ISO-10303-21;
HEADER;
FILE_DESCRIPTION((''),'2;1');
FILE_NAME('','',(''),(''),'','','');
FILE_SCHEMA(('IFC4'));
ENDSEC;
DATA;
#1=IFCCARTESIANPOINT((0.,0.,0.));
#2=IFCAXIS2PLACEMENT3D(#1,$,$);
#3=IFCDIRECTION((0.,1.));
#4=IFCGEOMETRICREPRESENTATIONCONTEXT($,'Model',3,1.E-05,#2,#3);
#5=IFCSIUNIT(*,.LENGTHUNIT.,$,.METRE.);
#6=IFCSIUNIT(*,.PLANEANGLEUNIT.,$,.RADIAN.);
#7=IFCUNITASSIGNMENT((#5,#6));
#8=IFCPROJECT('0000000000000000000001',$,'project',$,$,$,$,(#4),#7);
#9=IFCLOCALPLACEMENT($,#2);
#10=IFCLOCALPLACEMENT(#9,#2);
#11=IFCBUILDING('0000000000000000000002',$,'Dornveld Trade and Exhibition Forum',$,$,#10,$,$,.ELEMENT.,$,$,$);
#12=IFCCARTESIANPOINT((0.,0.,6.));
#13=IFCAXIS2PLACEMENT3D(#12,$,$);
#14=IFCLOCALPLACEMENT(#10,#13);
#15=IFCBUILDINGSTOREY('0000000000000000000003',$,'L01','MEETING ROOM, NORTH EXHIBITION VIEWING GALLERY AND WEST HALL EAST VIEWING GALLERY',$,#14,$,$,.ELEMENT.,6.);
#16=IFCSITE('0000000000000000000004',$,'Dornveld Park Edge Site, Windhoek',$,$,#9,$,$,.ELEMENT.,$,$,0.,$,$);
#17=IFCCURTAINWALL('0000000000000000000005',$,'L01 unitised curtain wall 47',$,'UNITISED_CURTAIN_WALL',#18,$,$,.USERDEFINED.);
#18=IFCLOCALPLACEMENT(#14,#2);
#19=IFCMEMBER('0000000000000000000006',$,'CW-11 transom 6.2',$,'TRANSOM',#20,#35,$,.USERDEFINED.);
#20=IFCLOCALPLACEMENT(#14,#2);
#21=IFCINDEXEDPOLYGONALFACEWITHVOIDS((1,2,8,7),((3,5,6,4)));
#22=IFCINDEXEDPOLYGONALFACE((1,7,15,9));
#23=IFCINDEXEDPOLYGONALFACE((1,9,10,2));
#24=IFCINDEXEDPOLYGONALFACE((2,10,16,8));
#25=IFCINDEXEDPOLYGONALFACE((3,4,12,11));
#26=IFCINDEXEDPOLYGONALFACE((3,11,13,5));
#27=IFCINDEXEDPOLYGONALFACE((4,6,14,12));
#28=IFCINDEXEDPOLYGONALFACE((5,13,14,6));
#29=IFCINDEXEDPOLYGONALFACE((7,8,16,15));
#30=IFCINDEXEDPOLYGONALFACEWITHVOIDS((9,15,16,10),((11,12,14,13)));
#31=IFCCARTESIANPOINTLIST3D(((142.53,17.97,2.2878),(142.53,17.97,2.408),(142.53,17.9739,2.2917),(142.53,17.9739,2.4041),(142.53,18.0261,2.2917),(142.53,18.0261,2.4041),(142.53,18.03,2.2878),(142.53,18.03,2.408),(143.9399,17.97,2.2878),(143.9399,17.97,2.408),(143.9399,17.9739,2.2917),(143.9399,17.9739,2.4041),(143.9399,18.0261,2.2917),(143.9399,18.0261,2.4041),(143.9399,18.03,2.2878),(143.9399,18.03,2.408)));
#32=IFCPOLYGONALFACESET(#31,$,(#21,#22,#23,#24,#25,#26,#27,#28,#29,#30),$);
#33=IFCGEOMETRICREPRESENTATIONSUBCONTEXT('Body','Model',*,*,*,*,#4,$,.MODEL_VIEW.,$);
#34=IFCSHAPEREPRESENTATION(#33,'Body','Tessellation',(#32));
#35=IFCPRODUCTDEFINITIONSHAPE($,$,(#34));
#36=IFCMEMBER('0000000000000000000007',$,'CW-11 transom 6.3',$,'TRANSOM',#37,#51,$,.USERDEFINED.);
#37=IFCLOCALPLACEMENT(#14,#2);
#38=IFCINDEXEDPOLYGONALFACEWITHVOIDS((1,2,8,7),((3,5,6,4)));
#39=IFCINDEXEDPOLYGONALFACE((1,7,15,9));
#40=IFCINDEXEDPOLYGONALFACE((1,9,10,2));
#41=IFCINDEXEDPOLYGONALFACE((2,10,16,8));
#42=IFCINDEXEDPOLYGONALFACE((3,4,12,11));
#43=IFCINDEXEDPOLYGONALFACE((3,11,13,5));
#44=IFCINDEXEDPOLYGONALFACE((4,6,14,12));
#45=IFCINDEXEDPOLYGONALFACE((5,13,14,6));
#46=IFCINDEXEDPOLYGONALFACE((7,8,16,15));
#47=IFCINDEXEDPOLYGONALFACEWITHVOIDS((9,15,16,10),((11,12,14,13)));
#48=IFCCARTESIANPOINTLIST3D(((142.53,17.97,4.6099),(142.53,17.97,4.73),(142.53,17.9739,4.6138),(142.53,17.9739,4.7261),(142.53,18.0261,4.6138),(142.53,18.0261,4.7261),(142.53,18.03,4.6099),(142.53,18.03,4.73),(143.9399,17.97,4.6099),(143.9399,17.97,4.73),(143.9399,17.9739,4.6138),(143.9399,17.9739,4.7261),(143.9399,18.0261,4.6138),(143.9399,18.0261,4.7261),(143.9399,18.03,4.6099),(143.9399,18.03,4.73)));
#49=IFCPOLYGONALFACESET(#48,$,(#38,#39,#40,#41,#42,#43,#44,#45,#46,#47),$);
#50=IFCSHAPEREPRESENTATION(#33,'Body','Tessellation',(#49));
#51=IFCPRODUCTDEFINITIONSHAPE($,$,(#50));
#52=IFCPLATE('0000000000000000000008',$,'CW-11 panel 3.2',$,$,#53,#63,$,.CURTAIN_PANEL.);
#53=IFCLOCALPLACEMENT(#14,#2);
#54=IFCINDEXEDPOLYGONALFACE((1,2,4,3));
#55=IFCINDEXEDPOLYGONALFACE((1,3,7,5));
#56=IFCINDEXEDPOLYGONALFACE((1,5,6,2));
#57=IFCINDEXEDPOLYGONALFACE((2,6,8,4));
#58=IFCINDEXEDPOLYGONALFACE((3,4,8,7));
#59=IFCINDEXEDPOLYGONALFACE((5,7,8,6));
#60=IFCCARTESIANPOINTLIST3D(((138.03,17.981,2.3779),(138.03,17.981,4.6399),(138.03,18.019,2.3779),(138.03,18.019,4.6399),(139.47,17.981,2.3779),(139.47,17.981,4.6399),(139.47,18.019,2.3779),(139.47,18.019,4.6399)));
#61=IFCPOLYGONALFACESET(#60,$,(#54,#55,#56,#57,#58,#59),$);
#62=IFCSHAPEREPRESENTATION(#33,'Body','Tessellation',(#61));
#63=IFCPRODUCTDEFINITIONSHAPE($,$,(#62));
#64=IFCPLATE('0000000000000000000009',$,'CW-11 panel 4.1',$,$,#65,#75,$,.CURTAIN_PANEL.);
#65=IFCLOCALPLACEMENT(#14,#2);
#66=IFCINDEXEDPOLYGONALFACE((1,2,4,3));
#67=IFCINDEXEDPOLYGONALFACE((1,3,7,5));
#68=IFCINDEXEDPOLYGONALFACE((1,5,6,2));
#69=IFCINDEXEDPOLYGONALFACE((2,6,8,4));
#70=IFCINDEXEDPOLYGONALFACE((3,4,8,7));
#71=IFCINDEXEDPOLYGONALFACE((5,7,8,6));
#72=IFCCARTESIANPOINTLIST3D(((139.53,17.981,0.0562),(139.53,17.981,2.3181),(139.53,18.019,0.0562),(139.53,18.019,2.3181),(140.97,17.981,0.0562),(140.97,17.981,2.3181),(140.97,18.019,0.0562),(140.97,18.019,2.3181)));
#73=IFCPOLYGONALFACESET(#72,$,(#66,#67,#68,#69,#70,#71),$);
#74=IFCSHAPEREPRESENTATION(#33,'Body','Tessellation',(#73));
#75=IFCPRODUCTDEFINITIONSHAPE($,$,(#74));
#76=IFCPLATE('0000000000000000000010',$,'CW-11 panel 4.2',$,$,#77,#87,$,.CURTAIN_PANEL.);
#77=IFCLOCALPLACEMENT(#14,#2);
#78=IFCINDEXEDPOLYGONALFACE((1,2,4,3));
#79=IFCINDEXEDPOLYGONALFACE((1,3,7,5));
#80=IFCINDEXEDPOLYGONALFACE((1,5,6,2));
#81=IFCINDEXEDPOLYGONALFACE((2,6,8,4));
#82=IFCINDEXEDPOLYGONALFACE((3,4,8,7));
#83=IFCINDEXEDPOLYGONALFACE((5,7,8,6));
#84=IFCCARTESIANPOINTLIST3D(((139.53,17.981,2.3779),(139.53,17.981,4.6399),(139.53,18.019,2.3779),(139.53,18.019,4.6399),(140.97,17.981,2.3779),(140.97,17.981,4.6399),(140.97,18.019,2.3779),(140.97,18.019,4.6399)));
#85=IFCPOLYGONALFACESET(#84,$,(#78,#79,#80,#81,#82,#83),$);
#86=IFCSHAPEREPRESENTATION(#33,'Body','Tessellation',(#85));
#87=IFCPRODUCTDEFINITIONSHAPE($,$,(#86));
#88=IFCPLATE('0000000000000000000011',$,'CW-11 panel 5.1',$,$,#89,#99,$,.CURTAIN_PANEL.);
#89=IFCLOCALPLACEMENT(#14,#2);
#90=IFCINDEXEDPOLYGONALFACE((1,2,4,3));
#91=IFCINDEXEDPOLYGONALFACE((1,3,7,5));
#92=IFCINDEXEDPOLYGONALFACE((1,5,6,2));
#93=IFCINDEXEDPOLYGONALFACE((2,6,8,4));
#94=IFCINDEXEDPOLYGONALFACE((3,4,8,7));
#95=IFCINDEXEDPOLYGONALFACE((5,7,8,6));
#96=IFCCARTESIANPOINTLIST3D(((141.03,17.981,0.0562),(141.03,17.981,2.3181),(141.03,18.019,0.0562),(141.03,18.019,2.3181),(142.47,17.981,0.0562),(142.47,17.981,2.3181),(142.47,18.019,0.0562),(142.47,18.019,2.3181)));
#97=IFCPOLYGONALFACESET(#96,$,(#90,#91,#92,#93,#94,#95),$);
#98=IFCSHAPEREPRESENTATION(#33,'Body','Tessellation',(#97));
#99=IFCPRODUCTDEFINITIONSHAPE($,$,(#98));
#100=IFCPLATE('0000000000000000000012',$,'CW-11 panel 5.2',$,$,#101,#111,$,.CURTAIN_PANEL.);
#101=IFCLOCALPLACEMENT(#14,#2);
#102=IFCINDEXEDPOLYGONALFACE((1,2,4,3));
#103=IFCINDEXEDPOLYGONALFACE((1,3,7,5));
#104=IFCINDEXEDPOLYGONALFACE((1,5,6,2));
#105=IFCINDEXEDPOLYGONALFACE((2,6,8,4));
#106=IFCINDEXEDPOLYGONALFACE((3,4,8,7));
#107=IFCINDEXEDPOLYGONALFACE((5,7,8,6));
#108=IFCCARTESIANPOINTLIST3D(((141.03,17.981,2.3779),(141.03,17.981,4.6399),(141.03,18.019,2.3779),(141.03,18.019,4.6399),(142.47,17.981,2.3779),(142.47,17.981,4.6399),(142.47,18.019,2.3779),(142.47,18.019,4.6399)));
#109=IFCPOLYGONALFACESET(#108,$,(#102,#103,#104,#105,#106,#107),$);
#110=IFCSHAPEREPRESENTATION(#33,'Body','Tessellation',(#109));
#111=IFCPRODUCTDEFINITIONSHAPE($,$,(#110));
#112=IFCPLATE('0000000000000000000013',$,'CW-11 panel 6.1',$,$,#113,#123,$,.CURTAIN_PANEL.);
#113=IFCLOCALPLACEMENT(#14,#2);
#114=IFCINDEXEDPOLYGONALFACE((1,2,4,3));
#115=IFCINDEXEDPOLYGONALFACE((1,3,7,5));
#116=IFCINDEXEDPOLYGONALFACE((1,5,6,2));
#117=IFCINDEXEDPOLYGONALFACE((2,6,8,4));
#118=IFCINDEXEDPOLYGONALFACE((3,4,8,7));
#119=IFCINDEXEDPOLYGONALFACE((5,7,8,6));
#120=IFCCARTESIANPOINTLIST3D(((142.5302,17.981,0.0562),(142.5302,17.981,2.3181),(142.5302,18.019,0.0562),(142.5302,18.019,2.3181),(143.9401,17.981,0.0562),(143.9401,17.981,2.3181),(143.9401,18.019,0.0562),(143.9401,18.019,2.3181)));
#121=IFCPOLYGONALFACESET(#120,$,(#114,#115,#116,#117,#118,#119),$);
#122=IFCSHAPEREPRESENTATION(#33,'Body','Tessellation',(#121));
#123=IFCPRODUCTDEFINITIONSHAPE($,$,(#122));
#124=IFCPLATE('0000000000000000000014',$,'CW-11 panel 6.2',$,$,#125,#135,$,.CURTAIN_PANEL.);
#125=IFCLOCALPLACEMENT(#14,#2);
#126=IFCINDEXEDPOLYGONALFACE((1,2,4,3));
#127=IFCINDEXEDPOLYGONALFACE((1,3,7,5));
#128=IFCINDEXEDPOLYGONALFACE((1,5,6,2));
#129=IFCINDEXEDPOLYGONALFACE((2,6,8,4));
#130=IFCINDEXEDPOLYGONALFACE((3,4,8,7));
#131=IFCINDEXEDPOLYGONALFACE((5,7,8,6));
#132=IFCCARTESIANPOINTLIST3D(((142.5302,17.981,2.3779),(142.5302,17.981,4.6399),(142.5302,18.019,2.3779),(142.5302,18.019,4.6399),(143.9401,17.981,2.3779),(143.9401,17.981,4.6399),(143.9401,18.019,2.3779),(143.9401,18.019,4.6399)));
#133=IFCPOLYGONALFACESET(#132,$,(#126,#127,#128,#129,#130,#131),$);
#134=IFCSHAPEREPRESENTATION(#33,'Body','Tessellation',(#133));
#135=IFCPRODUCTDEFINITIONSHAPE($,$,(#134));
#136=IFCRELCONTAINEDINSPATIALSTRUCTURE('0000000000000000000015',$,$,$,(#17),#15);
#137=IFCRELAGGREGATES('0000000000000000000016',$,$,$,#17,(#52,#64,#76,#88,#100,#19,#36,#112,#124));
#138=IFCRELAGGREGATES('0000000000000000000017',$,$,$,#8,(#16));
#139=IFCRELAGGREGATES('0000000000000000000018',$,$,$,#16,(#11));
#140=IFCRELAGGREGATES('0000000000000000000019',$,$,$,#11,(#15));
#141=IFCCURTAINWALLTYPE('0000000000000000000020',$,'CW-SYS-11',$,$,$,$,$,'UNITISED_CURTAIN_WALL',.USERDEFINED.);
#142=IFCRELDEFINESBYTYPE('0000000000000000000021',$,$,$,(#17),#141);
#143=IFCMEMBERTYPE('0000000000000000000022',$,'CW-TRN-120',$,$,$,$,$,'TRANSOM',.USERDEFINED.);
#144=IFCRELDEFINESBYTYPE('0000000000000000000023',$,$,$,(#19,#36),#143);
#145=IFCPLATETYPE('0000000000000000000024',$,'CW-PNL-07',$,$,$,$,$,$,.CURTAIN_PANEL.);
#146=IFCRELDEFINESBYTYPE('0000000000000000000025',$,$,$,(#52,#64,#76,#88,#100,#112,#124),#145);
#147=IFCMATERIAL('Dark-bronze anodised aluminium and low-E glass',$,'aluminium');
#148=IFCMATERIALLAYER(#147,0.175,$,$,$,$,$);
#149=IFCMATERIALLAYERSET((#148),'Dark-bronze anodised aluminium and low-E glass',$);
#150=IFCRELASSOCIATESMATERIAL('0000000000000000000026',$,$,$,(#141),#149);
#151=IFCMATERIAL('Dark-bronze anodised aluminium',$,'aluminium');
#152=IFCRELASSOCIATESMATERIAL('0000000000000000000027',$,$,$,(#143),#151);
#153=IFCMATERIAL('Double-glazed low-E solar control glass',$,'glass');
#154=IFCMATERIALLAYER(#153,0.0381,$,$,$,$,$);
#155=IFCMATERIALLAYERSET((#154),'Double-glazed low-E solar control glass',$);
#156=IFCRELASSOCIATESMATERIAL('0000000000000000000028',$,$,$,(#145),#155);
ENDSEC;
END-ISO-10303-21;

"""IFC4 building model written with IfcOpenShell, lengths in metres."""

from ifc_helpers import new_model, si_unit, direction, frame, origin, origin_2d, place, context, subcontext, project, spatial, rectangle, hollow_rectangle, extrude, material, layer, layer_set, material_profile, profile_set, type_object, element, aggregate, save


model = new_model("IFC4")

# Units and contexts
model_context = context("Model", 3, precision=1e-05, world=origin(), true_north=direction((0.0, 1.0)))
body_context = subcontext(model_context, "Body", "Model", "MODEL_VIEW")
ifc_project = project(units=[si_unit("LENGTHUNIT", "METRE"), si_unit("PLANEANGLEUNIT", "RADIAN")], contexts=[model_context])

# Site, building, storey
site_placement = place(None, origin())
site = spatial("IfcSite", under=ifc_project, at=site_placement, Name="Dornveld Park Edge Site, Windhoek", CompositionType="ELEMENT", RefElevation=0.0)
building_placement = place(site_placement, origin())
building = spatial("IfcBuilding", under=site, at=building_placement, Name="Dornveld Trade and Exhibition Forum", CompositionType="ELEMENT")
storey_placement = place(building_placement, frame((0.0, 0.0, 6.0)))
storey = spatial("IfcBuildingStorey", under=building, at=storey_placement, Name="L01", Description="MEETING ROOM, NORTH EXHIBITION VIEWING GALLERY AND WEST HALL EAST VIEWING GALLERY", CompositionType="ELEMENT", Elevation=6.0)

# Curtain wall, members, plates
ifc_material_1 = material(Name="Dark-bronze anodised aluminium and low-E glass", Category="aluminium")
ifc_layer_1 = layer(ifc_material_1, 0.175)
ifc_layer_set_1 = layer_set([ifc_layer_1], Name="Dark-bronze anodised aluminium and low-E glass")
curtain_wall_type = type_object("IfcCurtainWallType", Name="CW-SYS-11", ElementType="UNITISED_CURTAIN_WALL", PredefinedType="USERDEFINED", material=ifc_layer_set_1)
curtain_wall_placement = place(storey_placement, origin())
curtain_wall = element("IfcCurtainWall", 1, at=curtain_wall_placement, inside=storey, type_object=curtain_wall_type, Name="L01 unitised curtain wall 47", ObjectType="UNITISED_CURTAIN_WALL", PredefinedType="USERDEFINED")
ifc_material_2 = material(Name="Dark-bronze anodised aluminium", Category="aluminium")
ifc_material_profile_1 = material_profile(ifc_material_2, hollow_rectangle(XDim=0.0601, YDim=0.1201, WallThickness=0.0039, at=origin_2d()), Name="RHS 120x60x4")
ifc_profile_set_1 = profile_set([ifc_material_profile_1], Name="Dark-bronze anodised aluminium")
member_type_1 = type_object("IfcMemberType", Name="CW-TRN-120", ElementType="TRANSOM", PredefinedType="USERDEFINED", material=ifc_profile_set_1)
member_1_placement = place(storey_placement, frame((142.53, 18.0, 2.3479), z_axis=(1.0, 0.0, 0.0), x_axis=(0.0, 1.0, 0.0)))
member_1 = element("IfcMember", 2, at=member_1_placement, type_object=member_type_1, Name="CW-11 transom 6.2", ObjectType="TRANSOM", PredefinedType="USERDEFINED", context=body_context, shape_type="SweptSolid", body=[
    extrude(hollow_rectangle(XDim=0.0601, YDim=0.1201, WallThickness=0.0039, at=origin_2d()), origin(), (0.0, 0.0, 1.0), 1.4099),
])
member_2_placement = place(storey_placement, frame((142.53, 18.0, 4.6699), z_axis=(1.0, 0.0, 0.0), x_axis=(0.0, 1.0, 0.0)))
member_2 = element("IfcMember", 3, at=member_2_placement, type_object=member_type_1, Name="CW-11 transom 6.3", ObjectType="TRANSOM", PredefinedType="USERDEFINED", context=body_context, shape_type="SweptSolid", body=[
    extrude(hollow_rectangle(XDim=0.0601, YDim=0.1201, WallThickness=0.0039, at=origin_2d()), origin(), (0.0, 0.0, 1.0), 1.4099),
])
ifc_material_3 = material(Name="Double-glazed low-E solar control glass", Category="glass")
ifc_layer_2 = layer(ifc_material_3, 0.0381)
ifc_layer_set_2 = layer_set([ifc_layer_2], Name="Double-glazed low-E solar control glass")
plate_type = type_object("IfcPlateType", Name="CW-PNL-07", PredefinedType="CURTAIN_PANEL", material=ifc_layer_set_2)
plate_1_placement = place(storey_placement, frame((138.75, 18.0, 2.3779), z_axis=(0.0, 0.0, 1.0), x_axis=(1.0, 0.0, 0.0)))
plate_1 = element("IfcPlate", 4, at=plate_1_placement, type_object=plate_type, Name="CW-11 panel 3.2", PredefinedType="CURTAIN_PANEL", context=body_context, shape_type="SweptSolid", body=[
    extrude(rectangle(XDim=1.4399, YDim=0.0381, at=origin_2d()), origin(), (0.0, 0.0, 1.0), 2.262),
])
plate_2_placement = place(storey_placement, frame((140.25, 18.0, 0.0562), z_axis=(0.0, 0.0, 1.0), x_axis=(1.0, 0.0, 0.0)))
plate_2 = element("IfcPlate", 5, at=plate_2_placement, type_object=plate_type, Name="CW-11 panel 4.1", PredefinedType="CURTAIN_PANEL", context=body_context, shape_type="SweptSolid", body=[
    extrude(rectangle(XDim=1.4399, YDim=0.0381, at=origin_2d()), origin(), (0.0, 0.0, 1.0), 2.262),
])
plate_3_placement = place(storey_placement, frame((140.25, 18.0, 2.3779), z_axis=(0.0, 0.0, 1.0), x_axis=(1.0, 0.0, 0.0)))
plate_3 = element("IfcPlate", 6, at=plate_3_placement, type_object=plate_type, Name="CW-11 panel 4.2", PredefinedType="CURTAIN_PANEL", context=body_context, shape_type="SweptSolid", body=[
    extrude(rectangle(XDim=1.4399, YDim=0.0381, at=origin_2d()), origin(), (0.0, 0.0, 1.0), 2.262),
])
plate_4_placement = place(storey_placement, frame((141.75, 18.0, 0.0562), z_axis=(0.0, 0.0, 1.0), x_axis=(1.0, 0.0, 0.0)))
plate_4 = element("IfcPlate", 7, at=plate_4_placement, type_object=plate_type, Name="CW-11 panel 5.1", PredefinedType="CURTAIN_PANEL", context=body_context, shape_type="SweptSolid", body=[
    extrude(rectangle(XDim=1.4399, YDim=0.0381, at=origin_2d()), origin(), (0.0, 0.0, 1.0), 2.262),
])
plate_5_placement = place(storey_placement, frame((141.75, 18.0, 2.3779), z_axis=(0.0, 0.0, 1.0), x_axis=(1.0, 0.0, 0.0)))
plate_5 = element("IfcPlate", 8, at=plate_5_placement, type_object=plate_type, Name="CW-11 panel 5.2", PredefinedType="CURTAIN_PANEL", context=body_context, shape_type="SweptSolid", body=[
    extrude(rectangle(XDim=1.4399, YDim=0.0381, at=origin_2d()), origin(), (0.0, 0.0, 1.0), 2.262),
])
plate_6_placement = place(storey_placement, frame((143.2351, 18.0, 0.0562), z_axis=(0.0, 0.0, 1.0), x_axis=(1.0, 0.0, 0.0)))
plate_6 = element("IfcPlate", 9, at=plate_6_placement, type_object=plate_type, Name="CW-11 panel 6.1", PredefinedType="CURTAIN_PANEL", context=body_context, shape_type="SweptSolid", body=[
    extrude(rectangle(XDim=1.4099, YDim=0.0381, at=origin_2d()), origin(), (0.0, 0.0, 1.0), 2.262),
])
plate_7_placement = place(storey_placement, frame((143.2351, 18.0, 2.3779), z_axis=(0.0, 0.0, 1.0), x_axis=(1.0, 0.0, 0.0)))
plate_7 = element("IfcPlate", 10, at=plate_7_placement, type_object=plate_type, Name="CW-11 panel 6.2", PredefinedType="CURTAIN_PANEL", context=body_context, shape_type="SweptSolid", body=[
    extrude(rectangle(XDim=1.4099, YDim=0.0381, at=origin_2d()), origin(), (0.0, 0.0, 1.0), 2.262),
])
aggregate(curtain_wall, [plate_1, plate_2, plate_3, plate_4, plate_5, member_1, member_2, plate_6, plate_7])

save(model, "model.ifc")
